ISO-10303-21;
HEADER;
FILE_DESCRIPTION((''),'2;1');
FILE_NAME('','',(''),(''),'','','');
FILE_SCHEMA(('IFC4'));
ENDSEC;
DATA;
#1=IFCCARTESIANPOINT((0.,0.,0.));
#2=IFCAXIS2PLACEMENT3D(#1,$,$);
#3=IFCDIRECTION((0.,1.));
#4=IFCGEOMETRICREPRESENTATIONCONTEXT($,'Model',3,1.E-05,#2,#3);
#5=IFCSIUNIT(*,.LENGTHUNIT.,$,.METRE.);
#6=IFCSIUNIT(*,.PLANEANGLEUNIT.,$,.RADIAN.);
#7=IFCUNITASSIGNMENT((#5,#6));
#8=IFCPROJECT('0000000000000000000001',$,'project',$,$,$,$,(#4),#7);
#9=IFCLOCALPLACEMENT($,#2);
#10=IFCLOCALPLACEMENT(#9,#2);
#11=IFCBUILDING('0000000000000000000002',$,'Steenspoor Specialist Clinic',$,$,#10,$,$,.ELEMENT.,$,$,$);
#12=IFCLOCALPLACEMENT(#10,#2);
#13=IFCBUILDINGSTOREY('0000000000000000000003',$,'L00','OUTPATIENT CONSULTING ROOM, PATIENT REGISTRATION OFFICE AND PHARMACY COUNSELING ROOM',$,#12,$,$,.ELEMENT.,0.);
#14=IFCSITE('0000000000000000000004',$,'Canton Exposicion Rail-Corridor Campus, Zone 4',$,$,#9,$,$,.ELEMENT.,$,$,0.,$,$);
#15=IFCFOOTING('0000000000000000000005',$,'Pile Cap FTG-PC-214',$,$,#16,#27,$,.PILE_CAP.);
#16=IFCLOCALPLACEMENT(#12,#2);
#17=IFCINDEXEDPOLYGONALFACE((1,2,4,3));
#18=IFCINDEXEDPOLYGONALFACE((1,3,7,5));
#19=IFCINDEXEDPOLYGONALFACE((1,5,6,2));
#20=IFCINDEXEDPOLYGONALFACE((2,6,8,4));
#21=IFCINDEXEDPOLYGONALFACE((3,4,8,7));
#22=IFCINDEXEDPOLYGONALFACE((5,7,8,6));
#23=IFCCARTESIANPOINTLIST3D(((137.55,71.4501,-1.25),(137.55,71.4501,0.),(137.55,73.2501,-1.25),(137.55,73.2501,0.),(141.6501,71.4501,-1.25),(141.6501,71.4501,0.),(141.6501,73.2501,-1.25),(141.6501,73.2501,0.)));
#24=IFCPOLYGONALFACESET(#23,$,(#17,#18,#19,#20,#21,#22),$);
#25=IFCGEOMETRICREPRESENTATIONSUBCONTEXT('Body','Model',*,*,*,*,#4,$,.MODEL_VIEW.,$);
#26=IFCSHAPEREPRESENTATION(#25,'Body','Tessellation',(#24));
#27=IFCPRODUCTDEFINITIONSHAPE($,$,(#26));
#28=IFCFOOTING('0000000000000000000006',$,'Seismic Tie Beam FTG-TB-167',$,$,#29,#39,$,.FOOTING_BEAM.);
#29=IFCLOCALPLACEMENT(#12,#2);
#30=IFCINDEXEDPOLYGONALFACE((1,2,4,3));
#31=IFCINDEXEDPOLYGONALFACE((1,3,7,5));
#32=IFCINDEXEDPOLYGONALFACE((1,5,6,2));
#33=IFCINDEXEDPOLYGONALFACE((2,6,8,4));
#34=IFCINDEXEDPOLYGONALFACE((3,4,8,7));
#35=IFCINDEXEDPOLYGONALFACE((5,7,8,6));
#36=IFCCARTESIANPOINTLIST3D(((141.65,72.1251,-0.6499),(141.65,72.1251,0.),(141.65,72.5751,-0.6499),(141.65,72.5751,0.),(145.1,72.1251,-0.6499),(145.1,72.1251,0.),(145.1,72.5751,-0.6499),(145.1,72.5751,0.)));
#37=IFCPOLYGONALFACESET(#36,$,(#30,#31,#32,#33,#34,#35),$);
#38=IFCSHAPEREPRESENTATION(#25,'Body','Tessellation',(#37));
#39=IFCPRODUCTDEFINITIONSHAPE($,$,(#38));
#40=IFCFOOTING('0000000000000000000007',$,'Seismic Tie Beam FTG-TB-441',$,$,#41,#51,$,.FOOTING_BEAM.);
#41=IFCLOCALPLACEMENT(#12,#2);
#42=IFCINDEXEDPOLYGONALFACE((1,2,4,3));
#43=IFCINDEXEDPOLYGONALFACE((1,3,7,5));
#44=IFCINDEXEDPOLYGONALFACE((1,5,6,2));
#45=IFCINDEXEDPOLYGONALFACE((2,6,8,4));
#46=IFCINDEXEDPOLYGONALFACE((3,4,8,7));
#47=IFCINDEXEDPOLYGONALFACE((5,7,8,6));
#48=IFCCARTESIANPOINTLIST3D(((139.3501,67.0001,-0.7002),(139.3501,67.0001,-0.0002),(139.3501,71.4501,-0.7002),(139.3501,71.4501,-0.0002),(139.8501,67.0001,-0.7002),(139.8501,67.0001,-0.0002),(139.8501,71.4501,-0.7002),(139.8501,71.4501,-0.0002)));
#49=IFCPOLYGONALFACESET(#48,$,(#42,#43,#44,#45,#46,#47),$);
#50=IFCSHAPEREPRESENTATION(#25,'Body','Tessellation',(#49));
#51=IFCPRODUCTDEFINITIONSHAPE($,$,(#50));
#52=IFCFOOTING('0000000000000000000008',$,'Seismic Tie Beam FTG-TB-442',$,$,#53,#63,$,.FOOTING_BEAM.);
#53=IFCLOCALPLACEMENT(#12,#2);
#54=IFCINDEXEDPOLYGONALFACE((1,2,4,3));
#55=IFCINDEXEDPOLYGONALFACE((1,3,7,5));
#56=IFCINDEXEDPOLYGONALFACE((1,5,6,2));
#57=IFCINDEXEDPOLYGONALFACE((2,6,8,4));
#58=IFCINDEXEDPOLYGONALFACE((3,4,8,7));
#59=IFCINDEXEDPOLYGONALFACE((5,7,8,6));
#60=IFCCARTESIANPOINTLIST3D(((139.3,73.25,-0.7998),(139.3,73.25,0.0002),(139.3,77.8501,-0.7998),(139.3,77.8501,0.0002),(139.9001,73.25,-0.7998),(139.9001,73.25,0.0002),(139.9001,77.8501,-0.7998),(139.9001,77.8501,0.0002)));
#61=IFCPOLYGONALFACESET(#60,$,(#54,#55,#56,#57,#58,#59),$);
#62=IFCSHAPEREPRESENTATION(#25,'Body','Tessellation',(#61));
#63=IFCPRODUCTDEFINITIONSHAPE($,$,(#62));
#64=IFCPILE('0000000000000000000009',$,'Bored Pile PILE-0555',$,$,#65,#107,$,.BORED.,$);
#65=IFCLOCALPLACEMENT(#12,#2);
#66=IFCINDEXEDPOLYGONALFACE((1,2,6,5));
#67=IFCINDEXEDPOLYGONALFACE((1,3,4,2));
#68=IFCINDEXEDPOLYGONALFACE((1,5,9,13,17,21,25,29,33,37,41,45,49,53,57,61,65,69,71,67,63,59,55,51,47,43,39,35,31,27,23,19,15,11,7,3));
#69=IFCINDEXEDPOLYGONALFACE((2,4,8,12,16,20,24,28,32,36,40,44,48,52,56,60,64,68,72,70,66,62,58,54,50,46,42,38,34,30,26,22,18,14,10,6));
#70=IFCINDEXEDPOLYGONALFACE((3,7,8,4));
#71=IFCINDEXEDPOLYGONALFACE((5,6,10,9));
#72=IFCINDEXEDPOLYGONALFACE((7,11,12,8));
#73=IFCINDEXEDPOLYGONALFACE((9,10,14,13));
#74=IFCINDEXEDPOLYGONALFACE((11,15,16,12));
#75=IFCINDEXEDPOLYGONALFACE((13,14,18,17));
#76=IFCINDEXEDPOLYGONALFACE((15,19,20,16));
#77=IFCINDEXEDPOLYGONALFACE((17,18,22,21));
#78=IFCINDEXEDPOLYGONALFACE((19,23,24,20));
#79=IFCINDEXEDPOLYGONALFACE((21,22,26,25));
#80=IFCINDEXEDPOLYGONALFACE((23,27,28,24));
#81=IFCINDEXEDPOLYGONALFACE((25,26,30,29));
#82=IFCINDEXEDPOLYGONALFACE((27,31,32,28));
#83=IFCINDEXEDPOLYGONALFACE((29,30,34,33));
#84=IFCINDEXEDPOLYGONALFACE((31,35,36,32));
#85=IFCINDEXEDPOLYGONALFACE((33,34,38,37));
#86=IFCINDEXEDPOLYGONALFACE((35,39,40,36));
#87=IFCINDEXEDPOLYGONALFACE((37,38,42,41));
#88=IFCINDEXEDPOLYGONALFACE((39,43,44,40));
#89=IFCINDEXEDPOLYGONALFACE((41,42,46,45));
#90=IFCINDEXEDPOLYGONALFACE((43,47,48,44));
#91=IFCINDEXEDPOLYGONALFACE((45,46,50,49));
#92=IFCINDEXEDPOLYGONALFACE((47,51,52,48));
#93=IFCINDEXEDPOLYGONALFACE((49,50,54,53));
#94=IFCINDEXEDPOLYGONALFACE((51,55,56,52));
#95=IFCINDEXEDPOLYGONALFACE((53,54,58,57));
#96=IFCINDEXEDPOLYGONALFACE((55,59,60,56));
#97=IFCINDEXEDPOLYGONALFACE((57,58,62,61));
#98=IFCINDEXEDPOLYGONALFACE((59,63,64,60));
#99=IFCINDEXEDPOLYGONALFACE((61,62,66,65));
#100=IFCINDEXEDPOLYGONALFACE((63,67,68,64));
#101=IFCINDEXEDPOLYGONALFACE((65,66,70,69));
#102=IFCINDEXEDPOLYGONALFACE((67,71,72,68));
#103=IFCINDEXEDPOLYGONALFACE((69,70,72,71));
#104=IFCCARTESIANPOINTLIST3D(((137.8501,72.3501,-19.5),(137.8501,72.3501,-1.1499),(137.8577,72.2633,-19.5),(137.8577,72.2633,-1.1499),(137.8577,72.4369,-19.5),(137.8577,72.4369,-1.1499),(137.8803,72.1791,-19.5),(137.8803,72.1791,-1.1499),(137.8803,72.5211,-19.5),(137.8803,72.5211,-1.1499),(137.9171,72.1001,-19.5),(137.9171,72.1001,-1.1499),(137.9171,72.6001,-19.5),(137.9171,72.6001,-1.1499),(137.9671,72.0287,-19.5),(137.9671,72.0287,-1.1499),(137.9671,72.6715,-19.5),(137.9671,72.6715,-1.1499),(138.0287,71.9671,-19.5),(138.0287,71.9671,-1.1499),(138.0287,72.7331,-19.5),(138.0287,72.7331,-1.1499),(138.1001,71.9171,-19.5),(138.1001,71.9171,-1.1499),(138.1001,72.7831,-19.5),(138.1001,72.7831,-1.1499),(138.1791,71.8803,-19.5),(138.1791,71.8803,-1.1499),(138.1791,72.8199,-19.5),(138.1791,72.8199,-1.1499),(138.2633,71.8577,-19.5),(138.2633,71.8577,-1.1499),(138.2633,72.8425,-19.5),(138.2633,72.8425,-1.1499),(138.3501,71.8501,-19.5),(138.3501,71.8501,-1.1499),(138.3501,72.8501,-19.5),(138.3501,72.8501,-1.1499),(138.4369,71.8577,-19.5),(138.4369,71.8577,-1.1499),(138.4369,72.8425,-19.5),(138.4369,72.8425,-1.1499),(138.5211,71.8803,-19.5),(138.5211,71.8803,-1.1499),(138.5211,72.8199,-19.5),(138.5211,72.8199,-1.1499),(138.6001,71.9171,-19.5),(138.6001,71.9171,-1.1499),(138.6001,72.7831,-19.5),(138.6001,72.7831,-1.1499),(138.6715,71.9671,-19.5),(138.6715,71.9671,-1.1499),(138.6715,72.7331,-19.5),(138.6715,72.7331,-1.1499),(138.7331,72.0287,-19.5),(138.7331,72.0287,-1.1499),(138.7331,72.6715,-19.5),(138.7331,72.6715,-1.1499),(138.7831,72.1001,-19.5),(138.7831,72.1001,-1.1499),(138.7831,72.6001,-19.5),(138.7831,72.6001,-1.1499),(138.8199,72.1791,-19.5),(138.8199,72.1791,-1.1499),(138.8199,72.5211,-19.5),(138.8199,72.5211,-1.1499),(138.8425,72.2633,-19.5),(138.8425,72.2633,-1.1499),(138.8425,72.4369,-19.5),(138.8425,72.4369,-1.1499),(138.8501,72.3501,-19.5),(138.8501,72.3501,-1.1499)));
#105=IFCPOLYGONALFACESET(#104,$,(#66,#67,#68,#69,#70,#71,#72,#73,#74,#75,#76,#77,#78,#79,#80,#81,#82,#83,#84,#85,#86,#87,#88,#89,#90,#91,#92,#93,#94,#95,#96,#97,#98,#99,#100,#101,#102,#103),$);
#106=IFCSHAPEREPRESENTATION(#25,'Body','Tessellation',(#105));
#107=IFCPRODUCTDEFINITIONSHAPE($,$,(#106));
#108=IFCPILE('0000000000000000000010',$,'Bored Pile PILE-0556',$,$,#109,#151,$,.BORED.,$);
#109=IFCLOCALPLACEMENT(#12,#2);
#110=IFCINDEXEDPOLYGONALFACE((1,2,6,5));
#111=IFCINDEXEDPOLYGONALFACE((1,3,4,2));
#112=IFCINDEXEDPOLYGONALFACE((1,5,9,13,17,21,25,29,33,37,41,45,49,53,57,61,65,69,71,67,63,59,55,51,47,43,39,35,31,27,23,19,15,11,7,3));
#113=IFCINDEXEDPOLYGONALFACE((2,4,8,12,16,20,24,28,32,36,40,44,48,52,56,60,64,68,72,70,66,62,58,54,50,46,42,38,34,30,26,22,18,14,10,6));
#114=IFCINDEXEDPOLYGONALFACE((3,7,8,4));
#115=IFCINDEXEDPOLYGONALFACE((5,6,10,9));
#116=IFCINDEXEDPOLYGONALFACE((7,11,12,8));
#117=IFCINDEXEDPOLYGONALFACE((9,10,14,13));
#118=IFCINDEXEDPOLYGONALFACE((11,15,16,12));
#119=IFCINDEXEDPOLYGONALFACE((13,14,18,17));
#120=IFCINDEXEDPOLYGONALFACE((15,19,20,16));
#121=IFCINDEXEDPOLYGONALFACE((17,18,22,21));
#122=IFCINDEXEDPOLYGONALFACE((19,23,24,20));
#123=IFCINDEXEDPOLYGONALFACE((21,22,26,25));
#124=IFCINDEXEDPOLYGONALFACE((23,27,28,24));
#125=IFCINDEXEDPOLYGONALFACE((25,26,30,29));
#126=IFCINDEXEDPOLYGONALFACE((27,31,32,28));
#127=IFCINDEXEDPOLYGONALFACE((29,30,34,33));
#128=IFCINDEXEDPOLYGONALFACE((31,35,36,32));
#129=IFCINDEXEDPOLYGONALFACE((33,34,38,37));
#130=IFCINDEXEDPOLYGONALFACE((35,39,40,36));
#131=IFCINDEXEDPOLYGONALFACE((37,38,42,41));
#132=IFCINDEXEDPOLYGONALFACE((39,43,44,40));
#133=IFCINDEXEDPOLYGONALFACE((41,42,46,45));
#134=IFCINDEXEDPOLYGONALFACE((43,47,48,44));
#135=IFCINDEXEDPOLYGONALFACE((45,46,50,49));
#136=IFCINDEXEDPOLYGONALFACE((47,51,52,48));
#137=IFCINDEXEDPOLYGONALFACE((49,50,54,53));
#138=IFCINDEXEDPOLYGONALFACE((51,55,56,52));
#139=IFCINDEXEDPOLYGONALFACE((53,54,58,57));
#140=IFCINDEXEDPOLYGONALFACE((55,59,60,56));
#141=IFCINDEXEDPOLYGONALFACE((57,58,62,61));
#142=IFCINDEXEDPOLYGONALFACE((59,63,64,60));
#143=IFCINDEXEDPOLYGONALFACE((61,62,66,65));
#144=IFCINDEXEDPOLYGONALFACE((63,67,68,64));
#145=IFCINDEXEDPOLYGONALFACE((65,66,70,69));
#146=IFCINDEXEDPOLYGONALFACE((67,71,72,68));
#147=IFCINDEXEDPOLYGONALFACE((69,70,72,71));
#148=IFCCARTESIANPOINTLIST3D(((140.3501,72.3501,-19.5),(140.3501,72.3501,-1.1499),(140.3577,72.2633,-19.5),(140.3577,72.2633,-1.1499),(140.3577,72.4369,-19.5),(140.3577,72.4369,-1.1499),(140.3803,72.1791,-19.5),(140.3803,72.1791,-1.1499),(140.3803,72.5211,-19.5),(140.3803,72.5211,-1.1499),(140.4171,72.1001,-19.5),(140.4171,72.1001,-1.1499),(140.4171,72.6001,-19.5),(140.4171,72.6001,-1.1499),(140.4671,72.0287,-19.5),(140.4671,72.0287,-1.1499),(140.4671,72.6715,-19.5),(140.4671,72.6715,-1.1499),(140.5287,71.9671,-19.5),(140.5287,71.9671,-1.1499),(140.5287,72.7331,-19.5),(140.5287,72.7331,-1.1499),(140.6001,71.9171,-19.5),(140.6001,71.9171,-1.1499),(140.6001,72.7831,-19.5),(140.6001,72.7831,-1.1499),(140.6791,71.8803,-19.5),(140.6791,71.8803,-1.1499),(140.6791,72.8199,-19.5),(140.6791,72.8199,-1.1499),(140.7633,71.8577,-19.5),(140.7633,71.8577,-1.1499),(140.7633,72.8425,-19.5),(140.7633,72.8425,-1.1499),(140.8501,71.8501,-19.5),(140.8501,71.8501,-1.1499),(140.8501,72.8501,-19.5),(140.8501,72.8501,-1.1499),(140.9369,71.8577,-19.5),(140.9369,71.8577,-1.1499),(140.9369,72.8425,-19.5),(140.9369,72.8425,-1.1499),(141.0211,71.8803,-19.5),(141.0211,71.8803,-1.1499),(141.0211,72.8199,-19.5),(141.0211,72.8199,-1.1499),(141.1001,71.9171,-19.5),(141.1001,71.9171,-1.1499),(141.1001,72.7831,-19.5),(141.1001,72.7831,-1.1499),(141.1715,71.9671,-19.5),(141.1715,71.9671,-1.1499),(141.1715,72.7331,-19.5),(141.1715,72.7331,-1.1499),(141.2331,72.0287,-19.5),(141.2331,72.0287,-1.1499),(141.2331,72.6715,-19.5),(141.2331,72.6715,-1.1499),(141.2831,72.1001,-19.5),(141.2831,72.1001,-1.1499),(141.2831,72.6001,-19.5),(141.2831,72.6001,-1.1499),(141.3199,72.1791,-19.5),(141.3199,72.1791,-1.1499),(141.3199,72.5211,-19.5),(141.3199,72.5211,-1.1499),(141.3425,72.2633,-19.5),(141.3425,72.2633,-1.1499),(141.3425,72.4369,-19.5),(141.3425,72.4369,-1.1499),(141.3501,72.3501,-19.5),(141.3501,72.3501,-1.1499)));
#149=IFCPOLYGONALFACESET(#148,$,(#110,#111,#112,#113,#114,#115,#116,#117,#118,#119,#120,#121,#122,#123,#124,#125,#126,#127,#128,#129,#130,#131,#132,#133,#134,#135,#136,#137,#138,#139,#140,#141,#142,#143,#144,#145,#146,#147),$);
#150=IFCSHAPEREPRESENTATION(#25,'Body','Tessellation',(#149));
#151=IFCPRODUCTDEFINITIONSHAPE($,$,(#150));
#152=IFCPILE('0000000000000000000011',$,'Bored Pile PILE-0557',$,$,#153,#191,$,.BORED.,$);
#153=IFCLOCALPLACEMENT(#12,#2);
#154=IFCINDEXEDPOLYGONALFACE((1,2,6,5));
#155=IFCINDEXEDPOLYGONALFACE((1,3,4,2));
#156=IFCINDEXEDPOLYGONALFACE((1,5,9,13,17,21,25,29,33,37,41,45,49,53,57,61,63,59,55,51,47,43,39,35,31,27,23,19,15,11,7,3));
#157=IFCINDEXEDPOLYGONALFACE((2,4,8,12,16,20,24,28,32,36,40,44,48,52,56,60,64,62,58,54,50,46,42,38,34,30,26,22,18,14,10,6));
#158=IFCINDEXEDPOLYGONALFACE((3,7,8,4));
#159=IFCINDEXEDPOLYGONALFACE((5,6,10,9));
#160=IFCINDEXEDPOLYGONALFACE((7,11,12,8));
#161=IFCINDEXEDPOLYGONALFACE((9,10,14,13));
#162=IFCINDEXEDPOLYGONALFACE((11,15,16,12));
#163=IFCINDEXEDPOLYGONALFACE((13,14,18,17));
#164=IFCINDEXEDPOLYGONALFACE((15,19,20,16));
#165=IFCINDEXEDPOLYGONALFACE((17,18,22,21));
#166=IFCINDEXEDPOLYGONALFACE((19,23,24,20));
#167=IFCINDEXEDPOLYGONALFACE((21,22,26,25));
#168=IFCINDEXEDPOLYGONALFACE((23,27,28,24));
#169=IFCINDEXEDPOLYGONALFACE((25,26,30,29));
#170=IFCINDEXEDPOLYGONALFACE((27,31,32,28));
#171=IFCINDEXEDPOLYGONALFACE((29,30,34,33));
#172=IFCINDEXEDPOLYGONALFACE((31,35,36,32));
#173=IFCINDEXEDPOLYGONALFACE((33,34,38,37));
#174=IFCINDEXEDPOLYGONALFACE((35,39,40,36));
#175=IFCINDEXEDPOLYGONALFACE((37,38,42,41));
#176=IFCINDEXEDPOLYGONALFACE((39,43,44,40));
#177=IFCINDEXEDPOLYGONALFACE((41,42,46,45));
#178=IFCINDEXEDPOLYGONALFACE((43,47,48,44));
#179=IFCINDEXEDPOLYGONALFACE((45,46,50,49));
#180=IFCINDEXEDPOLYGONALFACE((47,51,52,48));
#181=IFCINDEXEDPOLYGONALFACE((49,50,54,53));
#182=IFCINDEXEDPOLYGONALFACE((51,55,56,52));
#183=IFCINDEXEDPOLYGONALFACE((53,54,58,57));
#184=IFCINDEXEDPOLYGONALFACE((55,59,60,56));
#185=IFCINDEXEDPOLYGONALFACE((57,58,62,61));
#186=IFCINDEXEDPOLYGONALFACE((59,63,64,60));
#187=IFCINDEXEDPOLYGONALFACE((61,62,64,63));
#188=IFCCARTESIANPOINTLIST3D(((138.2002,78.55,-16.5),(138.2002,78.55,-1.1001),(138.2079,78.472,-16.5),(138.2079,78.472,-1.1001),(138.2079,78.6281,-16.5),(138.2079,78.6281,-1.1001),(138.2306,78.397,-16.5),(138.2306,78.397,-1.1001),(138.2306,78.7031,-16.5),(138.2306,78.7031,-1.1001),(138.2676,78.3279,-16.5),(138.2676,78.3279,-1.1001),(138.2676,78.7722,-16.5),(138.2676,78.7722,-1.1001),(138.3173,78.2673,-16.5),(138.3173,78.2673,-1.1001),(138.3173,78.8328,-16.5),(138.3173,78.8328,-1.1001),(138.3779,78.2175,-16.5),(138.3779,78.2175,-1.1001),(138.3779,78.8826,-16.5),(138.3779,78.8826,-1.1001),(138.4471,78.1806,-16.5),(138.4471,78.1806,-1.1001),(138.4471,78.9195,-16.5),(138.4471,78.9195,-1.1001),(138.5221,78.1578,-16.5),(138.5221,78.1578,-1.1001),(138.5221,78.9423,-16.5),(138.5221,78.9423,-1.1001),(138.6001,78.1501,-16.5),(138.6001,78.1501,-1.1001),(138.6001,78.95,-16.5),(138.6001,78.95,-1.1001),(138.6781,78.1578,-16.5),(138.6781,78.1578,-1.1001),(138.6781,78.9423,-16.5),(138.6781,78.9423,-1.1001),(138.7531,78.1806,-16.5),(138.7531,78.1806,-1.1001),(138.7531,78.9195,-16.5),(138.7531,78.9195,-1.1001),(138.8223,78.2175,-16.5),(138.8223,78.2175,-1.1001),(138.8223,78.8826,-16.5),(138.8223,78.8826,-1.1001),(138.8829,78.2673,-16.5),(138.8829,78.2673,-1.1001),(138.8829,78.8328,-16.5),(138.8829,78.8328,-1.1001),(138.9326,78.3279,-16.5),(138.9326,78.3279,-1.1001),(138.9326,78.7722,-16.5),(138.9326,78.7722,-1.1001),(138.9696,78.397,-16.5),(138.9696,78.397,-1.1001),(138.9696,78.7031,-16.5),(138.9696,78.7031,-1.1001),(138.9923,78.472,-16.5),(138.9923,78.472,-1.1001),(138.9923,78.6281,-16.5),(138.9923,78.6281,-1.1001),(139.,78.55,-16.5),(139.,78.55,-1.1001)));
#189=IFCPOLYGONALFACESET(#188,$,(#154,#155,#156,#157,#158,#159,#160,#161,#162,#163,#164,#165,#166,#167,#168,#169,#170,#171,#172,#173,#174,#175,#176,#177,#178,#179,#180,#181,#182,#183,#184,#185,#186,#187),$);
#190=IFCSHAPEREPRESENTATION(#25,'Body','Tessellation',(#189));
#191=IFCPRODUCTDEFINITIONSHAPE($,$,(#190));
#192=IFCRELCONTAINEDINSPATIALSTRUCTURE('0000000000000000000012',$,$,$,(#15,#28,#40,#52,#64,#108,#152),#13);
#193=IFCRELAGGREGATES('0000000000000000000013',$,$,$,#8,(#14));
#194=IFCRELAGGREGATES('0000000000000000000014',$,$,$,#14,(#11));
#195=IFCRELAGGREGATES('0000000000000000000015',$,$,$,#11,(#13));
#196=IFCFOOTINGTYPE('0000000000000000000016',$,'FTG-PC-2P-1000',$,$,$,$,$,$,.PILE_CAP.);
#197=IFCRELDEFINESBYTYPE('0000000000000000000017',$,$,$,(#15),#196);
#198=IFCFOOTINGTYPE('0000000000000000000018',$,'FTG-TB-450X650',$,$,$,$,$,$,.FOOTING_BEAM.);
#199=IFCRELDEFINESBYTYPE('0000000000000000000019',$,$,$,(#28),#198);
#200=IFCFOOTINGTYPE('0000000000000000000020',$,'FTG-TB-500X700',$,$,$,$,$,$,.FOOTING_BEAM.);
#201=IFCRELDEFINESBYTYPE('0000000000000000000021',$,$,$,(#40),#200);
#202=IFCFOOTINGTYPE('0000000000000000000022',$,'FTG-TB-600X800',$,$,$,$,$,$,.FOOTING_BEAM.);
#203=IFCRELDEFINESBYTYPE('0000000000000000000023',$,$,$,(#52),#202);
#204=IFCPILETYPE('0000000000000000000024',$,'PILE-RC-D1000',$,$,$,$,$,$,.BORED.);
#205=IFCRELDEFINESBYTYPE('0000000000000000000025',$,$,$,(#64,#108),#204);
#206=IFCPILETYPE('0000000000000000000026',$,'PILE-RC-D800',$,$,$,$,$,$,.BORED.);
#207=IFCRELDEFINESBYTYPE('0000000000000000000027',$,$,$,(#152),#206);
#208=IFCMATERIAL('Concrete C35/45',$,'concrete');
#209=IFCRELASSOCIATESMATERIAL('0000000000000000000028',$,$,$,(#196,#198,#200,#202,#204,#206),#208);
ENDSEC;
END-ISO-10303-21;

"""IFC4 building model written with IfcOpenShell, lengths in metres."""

from ifc_helpers import new_model, si_unit, direction, frame, origin, origin_2d, place, context, subcontext, project, spatial, rectangle, circle, extrude, material, material_profile, profile_set, type_object, element, save


model = new_model("IFC4")

# Units and contexts
model_context = context("Model", 3, precision=1e-05, world=origin(), true_north=direction((0.0, 1.0)))
body_context = subcontext(model_context, "Body", "Model", "MODEL_VIEW")
ifc_project = project(units=[si_unit("LENGTHUNIT", "METRE"), si_unit("PLANEANGLEUNIT", "RADIAN")], contexts=[model_context])

# Site, building, storey
site_placement = place(None, origin())
site = spatial("IfcSite", under=ifc_project, at=site_placement, Name="Canton Exposicion Rail-Corridor Campus, Zone 4", CompositionType="ELEMENT", RefElevation=0.0)
building_placement = place(site_placement, origin())
building = spatial("IfcBuilding", under=site, at=building_placement, Name="Steenspoor Specialist Clinic", CompositionType="ELEMENT")
storey_placement = place(building_placement, origin())
storey = spatial("IfcBuildingStorey", under=building, at=storey_placement, Name="L00", Description="OUTPATIENT CONSULTING ROOM, PATIENT REGISTRATION OFFICE AND PHARMACY COUNSELING ROOM", CompositionType="ELEMENT", Elevation=0.0)

# Footings
ifc_material_1 = material(Name="Concrete C35/45", Category="concrete")
footing_type_1 = type_object("IfcFootingType", Name="FTG-PC-2P-1000", PredefinedType="PILE_CAP", material=ifc_material_1)
footing_1_placement = place(storey_placement, frame((139.6001, 72.3501, -1.25), z_axis=(0.0, 0.0, 1.0), x_axis=(1.0, 0.0, 0.0)))
element("IfcFooting", 1, at=footing_1_placement, inside=storey, type_object=footing_type_1, Name="Pile Cap FTG-PC-214", PredefinedType="PILE_CAP", context=body_context, shape_type="SweptSolid", body=[
    extrude(rectangle(XDim=4.1001, YDim=1.8, at=origin_2d()), origin(), (0.0, 0.0, 1.0), 1.25),
])
footing_type_2 = type_object("IfcFootingType", Name="FTG-TB-450X650", PredefinedType="FOOTING_BEAM", material=ifc_material_1)
footing_2_placement = place(storey_placement, frame((143.375, 72.3501, -0.6499), z_axis=(0.0, 0.0, 1.0), x_axis=(1.0, 0.0, 0.0)))
element("IfcFooting", 2, at=footing_2_placement, inside=storey, type_object=footing_type_2, Name="Seismic Tie Beam FTG-TB-167", PredefinedType="FOOTING_BEAM", context=body_context, shape_type="SweptSolid", body=[
    extrude(rectangle(XDim=3.45, YDim=0.45, at=origin_2d()), origin(), (0.0, 0.0, 1.0), 0.6499),
])
footing_type_3 = type_object("IfcFootingType", Name="FTG-TB-500X700", PredefinedType="FOOTING_BEAM", material=ifc_material_1)
footing_3_placement = place(storey_placement, frame((139.6001, 69.2251, -0.7002), z_axis=(0.0, 0.0, 1.0), x_axis=(1.0, 0.0, 0.0)))
element("IfcFooting", 3, at=footing_3_placement, inside=storey, type_object=footing_type_3, Name="Seismic Tie Beam FTG-TB-441", PredefinedType="FOOTING_BEAM", context=body_context, shape_type="SweptSolid", body=[
    extrude(rectangle(XDim=0.5, YDim=4.45, at=origin_2d()), origin(), (0.0, 0.0, 1.0), 0.7),
])
footing_type_4 = type_object("IfcFootingType", Name="FTG-TB-600X800", PredefinedType="FOOTING_BEAM", material=ifc_material_1)
footing_4_placement = place(storey_placement, frame((139.6001, 75.55, -0.7998), z_axis=(0.0, 0.0, 1.0), x_axis=(1.0, 0.0, 0.0)))
element("IfcFooting", 4, at=footing_4_placement, inside=storey, type_object=footing_type_4, Name="Seismic Tie Beam FTG-TB-442", PredefinedType="FOOTING_BEAM", context=body_context, shape_type="SweptSolid", body=[
    extrude(rectangle(XDim=0.6001, YDim=4.6001, at=origin_2d()), origin(), (0.0, 0.0, 1.0), 0.8),
])

# Piles
ifc_material_profile_1 = material_profile(ifc_material_1, circle(Radius=0.5, at=origin_2d()), Name="PILE-D1000")
ifc_profile_set_1 = profile_set([ifc_material_profile_1], Name="Concrete C35/45")
pile_type_1 = type_object("IfcPileType", Name="PILE-RC-D1000", PredefinedType="BORED", material=ifc_profile_set_1)
for number, where, z_axis, x_axis, name in (
    (5, (138.3501, 72.3501, -1.1499), (0.0, 0.0, -1.0), (1.0, 0.0, 0.0), "Bored Pile PILE-0555"),
    (6, (140.8501, 72.3501, -1.1499), (0.0, 0.0, -1.0), (1.0, 0.0, 0.0), "Bored Pile PILE-0556"),
):
    element("IfcPile", number, at=place(storey_placement, frame(where, z_axis=z_axis, x_axis=x_axis)), inside=storey, type_object=pile_type_1, Name=name, PredefinedType="BORED", context=body_context, shape_type="SweptSolid", body=[
        extrude(circle(Radius=0.5, at=origin_2d()), origin(), (0.0, 0.0, 1.0), 18.3501),
    ])
ifc_material_profile_2 = material_profile(ifc_material_1, circle(Radius=0.3999, at=origin_2d()), Name="PILE-D800")
ifc_profile_set_2 = profile_set([ifc_material_profile_2], Name="Concrete C35/45")
pile_type_2 = type_object("IfcPileType", Name="PILE-RC-D800", PredefinedType="BORED", material=ifc_profile_set_2)
pile_placement = place(storey_placement, frame((138.6001, 78.55, -1.1001), z_axis=(0.0, 0.0, -1.0), x_axis=(1.0, 0.0, 0.0)))
element("IfcPile", 7, at=pile_placement, inside=storey, type_object=pile_type_2, Name="Bored Pile PILE-0557", PredefinedType="BORED", context=body_context, shape_type="SweptSolid", body=[
    extrude(circle(Radius=0.3999, at=origin_2d()), origin(), (0.0, 0.0, 1.0), 15.3999),
])

save(model, "model.ifc")
